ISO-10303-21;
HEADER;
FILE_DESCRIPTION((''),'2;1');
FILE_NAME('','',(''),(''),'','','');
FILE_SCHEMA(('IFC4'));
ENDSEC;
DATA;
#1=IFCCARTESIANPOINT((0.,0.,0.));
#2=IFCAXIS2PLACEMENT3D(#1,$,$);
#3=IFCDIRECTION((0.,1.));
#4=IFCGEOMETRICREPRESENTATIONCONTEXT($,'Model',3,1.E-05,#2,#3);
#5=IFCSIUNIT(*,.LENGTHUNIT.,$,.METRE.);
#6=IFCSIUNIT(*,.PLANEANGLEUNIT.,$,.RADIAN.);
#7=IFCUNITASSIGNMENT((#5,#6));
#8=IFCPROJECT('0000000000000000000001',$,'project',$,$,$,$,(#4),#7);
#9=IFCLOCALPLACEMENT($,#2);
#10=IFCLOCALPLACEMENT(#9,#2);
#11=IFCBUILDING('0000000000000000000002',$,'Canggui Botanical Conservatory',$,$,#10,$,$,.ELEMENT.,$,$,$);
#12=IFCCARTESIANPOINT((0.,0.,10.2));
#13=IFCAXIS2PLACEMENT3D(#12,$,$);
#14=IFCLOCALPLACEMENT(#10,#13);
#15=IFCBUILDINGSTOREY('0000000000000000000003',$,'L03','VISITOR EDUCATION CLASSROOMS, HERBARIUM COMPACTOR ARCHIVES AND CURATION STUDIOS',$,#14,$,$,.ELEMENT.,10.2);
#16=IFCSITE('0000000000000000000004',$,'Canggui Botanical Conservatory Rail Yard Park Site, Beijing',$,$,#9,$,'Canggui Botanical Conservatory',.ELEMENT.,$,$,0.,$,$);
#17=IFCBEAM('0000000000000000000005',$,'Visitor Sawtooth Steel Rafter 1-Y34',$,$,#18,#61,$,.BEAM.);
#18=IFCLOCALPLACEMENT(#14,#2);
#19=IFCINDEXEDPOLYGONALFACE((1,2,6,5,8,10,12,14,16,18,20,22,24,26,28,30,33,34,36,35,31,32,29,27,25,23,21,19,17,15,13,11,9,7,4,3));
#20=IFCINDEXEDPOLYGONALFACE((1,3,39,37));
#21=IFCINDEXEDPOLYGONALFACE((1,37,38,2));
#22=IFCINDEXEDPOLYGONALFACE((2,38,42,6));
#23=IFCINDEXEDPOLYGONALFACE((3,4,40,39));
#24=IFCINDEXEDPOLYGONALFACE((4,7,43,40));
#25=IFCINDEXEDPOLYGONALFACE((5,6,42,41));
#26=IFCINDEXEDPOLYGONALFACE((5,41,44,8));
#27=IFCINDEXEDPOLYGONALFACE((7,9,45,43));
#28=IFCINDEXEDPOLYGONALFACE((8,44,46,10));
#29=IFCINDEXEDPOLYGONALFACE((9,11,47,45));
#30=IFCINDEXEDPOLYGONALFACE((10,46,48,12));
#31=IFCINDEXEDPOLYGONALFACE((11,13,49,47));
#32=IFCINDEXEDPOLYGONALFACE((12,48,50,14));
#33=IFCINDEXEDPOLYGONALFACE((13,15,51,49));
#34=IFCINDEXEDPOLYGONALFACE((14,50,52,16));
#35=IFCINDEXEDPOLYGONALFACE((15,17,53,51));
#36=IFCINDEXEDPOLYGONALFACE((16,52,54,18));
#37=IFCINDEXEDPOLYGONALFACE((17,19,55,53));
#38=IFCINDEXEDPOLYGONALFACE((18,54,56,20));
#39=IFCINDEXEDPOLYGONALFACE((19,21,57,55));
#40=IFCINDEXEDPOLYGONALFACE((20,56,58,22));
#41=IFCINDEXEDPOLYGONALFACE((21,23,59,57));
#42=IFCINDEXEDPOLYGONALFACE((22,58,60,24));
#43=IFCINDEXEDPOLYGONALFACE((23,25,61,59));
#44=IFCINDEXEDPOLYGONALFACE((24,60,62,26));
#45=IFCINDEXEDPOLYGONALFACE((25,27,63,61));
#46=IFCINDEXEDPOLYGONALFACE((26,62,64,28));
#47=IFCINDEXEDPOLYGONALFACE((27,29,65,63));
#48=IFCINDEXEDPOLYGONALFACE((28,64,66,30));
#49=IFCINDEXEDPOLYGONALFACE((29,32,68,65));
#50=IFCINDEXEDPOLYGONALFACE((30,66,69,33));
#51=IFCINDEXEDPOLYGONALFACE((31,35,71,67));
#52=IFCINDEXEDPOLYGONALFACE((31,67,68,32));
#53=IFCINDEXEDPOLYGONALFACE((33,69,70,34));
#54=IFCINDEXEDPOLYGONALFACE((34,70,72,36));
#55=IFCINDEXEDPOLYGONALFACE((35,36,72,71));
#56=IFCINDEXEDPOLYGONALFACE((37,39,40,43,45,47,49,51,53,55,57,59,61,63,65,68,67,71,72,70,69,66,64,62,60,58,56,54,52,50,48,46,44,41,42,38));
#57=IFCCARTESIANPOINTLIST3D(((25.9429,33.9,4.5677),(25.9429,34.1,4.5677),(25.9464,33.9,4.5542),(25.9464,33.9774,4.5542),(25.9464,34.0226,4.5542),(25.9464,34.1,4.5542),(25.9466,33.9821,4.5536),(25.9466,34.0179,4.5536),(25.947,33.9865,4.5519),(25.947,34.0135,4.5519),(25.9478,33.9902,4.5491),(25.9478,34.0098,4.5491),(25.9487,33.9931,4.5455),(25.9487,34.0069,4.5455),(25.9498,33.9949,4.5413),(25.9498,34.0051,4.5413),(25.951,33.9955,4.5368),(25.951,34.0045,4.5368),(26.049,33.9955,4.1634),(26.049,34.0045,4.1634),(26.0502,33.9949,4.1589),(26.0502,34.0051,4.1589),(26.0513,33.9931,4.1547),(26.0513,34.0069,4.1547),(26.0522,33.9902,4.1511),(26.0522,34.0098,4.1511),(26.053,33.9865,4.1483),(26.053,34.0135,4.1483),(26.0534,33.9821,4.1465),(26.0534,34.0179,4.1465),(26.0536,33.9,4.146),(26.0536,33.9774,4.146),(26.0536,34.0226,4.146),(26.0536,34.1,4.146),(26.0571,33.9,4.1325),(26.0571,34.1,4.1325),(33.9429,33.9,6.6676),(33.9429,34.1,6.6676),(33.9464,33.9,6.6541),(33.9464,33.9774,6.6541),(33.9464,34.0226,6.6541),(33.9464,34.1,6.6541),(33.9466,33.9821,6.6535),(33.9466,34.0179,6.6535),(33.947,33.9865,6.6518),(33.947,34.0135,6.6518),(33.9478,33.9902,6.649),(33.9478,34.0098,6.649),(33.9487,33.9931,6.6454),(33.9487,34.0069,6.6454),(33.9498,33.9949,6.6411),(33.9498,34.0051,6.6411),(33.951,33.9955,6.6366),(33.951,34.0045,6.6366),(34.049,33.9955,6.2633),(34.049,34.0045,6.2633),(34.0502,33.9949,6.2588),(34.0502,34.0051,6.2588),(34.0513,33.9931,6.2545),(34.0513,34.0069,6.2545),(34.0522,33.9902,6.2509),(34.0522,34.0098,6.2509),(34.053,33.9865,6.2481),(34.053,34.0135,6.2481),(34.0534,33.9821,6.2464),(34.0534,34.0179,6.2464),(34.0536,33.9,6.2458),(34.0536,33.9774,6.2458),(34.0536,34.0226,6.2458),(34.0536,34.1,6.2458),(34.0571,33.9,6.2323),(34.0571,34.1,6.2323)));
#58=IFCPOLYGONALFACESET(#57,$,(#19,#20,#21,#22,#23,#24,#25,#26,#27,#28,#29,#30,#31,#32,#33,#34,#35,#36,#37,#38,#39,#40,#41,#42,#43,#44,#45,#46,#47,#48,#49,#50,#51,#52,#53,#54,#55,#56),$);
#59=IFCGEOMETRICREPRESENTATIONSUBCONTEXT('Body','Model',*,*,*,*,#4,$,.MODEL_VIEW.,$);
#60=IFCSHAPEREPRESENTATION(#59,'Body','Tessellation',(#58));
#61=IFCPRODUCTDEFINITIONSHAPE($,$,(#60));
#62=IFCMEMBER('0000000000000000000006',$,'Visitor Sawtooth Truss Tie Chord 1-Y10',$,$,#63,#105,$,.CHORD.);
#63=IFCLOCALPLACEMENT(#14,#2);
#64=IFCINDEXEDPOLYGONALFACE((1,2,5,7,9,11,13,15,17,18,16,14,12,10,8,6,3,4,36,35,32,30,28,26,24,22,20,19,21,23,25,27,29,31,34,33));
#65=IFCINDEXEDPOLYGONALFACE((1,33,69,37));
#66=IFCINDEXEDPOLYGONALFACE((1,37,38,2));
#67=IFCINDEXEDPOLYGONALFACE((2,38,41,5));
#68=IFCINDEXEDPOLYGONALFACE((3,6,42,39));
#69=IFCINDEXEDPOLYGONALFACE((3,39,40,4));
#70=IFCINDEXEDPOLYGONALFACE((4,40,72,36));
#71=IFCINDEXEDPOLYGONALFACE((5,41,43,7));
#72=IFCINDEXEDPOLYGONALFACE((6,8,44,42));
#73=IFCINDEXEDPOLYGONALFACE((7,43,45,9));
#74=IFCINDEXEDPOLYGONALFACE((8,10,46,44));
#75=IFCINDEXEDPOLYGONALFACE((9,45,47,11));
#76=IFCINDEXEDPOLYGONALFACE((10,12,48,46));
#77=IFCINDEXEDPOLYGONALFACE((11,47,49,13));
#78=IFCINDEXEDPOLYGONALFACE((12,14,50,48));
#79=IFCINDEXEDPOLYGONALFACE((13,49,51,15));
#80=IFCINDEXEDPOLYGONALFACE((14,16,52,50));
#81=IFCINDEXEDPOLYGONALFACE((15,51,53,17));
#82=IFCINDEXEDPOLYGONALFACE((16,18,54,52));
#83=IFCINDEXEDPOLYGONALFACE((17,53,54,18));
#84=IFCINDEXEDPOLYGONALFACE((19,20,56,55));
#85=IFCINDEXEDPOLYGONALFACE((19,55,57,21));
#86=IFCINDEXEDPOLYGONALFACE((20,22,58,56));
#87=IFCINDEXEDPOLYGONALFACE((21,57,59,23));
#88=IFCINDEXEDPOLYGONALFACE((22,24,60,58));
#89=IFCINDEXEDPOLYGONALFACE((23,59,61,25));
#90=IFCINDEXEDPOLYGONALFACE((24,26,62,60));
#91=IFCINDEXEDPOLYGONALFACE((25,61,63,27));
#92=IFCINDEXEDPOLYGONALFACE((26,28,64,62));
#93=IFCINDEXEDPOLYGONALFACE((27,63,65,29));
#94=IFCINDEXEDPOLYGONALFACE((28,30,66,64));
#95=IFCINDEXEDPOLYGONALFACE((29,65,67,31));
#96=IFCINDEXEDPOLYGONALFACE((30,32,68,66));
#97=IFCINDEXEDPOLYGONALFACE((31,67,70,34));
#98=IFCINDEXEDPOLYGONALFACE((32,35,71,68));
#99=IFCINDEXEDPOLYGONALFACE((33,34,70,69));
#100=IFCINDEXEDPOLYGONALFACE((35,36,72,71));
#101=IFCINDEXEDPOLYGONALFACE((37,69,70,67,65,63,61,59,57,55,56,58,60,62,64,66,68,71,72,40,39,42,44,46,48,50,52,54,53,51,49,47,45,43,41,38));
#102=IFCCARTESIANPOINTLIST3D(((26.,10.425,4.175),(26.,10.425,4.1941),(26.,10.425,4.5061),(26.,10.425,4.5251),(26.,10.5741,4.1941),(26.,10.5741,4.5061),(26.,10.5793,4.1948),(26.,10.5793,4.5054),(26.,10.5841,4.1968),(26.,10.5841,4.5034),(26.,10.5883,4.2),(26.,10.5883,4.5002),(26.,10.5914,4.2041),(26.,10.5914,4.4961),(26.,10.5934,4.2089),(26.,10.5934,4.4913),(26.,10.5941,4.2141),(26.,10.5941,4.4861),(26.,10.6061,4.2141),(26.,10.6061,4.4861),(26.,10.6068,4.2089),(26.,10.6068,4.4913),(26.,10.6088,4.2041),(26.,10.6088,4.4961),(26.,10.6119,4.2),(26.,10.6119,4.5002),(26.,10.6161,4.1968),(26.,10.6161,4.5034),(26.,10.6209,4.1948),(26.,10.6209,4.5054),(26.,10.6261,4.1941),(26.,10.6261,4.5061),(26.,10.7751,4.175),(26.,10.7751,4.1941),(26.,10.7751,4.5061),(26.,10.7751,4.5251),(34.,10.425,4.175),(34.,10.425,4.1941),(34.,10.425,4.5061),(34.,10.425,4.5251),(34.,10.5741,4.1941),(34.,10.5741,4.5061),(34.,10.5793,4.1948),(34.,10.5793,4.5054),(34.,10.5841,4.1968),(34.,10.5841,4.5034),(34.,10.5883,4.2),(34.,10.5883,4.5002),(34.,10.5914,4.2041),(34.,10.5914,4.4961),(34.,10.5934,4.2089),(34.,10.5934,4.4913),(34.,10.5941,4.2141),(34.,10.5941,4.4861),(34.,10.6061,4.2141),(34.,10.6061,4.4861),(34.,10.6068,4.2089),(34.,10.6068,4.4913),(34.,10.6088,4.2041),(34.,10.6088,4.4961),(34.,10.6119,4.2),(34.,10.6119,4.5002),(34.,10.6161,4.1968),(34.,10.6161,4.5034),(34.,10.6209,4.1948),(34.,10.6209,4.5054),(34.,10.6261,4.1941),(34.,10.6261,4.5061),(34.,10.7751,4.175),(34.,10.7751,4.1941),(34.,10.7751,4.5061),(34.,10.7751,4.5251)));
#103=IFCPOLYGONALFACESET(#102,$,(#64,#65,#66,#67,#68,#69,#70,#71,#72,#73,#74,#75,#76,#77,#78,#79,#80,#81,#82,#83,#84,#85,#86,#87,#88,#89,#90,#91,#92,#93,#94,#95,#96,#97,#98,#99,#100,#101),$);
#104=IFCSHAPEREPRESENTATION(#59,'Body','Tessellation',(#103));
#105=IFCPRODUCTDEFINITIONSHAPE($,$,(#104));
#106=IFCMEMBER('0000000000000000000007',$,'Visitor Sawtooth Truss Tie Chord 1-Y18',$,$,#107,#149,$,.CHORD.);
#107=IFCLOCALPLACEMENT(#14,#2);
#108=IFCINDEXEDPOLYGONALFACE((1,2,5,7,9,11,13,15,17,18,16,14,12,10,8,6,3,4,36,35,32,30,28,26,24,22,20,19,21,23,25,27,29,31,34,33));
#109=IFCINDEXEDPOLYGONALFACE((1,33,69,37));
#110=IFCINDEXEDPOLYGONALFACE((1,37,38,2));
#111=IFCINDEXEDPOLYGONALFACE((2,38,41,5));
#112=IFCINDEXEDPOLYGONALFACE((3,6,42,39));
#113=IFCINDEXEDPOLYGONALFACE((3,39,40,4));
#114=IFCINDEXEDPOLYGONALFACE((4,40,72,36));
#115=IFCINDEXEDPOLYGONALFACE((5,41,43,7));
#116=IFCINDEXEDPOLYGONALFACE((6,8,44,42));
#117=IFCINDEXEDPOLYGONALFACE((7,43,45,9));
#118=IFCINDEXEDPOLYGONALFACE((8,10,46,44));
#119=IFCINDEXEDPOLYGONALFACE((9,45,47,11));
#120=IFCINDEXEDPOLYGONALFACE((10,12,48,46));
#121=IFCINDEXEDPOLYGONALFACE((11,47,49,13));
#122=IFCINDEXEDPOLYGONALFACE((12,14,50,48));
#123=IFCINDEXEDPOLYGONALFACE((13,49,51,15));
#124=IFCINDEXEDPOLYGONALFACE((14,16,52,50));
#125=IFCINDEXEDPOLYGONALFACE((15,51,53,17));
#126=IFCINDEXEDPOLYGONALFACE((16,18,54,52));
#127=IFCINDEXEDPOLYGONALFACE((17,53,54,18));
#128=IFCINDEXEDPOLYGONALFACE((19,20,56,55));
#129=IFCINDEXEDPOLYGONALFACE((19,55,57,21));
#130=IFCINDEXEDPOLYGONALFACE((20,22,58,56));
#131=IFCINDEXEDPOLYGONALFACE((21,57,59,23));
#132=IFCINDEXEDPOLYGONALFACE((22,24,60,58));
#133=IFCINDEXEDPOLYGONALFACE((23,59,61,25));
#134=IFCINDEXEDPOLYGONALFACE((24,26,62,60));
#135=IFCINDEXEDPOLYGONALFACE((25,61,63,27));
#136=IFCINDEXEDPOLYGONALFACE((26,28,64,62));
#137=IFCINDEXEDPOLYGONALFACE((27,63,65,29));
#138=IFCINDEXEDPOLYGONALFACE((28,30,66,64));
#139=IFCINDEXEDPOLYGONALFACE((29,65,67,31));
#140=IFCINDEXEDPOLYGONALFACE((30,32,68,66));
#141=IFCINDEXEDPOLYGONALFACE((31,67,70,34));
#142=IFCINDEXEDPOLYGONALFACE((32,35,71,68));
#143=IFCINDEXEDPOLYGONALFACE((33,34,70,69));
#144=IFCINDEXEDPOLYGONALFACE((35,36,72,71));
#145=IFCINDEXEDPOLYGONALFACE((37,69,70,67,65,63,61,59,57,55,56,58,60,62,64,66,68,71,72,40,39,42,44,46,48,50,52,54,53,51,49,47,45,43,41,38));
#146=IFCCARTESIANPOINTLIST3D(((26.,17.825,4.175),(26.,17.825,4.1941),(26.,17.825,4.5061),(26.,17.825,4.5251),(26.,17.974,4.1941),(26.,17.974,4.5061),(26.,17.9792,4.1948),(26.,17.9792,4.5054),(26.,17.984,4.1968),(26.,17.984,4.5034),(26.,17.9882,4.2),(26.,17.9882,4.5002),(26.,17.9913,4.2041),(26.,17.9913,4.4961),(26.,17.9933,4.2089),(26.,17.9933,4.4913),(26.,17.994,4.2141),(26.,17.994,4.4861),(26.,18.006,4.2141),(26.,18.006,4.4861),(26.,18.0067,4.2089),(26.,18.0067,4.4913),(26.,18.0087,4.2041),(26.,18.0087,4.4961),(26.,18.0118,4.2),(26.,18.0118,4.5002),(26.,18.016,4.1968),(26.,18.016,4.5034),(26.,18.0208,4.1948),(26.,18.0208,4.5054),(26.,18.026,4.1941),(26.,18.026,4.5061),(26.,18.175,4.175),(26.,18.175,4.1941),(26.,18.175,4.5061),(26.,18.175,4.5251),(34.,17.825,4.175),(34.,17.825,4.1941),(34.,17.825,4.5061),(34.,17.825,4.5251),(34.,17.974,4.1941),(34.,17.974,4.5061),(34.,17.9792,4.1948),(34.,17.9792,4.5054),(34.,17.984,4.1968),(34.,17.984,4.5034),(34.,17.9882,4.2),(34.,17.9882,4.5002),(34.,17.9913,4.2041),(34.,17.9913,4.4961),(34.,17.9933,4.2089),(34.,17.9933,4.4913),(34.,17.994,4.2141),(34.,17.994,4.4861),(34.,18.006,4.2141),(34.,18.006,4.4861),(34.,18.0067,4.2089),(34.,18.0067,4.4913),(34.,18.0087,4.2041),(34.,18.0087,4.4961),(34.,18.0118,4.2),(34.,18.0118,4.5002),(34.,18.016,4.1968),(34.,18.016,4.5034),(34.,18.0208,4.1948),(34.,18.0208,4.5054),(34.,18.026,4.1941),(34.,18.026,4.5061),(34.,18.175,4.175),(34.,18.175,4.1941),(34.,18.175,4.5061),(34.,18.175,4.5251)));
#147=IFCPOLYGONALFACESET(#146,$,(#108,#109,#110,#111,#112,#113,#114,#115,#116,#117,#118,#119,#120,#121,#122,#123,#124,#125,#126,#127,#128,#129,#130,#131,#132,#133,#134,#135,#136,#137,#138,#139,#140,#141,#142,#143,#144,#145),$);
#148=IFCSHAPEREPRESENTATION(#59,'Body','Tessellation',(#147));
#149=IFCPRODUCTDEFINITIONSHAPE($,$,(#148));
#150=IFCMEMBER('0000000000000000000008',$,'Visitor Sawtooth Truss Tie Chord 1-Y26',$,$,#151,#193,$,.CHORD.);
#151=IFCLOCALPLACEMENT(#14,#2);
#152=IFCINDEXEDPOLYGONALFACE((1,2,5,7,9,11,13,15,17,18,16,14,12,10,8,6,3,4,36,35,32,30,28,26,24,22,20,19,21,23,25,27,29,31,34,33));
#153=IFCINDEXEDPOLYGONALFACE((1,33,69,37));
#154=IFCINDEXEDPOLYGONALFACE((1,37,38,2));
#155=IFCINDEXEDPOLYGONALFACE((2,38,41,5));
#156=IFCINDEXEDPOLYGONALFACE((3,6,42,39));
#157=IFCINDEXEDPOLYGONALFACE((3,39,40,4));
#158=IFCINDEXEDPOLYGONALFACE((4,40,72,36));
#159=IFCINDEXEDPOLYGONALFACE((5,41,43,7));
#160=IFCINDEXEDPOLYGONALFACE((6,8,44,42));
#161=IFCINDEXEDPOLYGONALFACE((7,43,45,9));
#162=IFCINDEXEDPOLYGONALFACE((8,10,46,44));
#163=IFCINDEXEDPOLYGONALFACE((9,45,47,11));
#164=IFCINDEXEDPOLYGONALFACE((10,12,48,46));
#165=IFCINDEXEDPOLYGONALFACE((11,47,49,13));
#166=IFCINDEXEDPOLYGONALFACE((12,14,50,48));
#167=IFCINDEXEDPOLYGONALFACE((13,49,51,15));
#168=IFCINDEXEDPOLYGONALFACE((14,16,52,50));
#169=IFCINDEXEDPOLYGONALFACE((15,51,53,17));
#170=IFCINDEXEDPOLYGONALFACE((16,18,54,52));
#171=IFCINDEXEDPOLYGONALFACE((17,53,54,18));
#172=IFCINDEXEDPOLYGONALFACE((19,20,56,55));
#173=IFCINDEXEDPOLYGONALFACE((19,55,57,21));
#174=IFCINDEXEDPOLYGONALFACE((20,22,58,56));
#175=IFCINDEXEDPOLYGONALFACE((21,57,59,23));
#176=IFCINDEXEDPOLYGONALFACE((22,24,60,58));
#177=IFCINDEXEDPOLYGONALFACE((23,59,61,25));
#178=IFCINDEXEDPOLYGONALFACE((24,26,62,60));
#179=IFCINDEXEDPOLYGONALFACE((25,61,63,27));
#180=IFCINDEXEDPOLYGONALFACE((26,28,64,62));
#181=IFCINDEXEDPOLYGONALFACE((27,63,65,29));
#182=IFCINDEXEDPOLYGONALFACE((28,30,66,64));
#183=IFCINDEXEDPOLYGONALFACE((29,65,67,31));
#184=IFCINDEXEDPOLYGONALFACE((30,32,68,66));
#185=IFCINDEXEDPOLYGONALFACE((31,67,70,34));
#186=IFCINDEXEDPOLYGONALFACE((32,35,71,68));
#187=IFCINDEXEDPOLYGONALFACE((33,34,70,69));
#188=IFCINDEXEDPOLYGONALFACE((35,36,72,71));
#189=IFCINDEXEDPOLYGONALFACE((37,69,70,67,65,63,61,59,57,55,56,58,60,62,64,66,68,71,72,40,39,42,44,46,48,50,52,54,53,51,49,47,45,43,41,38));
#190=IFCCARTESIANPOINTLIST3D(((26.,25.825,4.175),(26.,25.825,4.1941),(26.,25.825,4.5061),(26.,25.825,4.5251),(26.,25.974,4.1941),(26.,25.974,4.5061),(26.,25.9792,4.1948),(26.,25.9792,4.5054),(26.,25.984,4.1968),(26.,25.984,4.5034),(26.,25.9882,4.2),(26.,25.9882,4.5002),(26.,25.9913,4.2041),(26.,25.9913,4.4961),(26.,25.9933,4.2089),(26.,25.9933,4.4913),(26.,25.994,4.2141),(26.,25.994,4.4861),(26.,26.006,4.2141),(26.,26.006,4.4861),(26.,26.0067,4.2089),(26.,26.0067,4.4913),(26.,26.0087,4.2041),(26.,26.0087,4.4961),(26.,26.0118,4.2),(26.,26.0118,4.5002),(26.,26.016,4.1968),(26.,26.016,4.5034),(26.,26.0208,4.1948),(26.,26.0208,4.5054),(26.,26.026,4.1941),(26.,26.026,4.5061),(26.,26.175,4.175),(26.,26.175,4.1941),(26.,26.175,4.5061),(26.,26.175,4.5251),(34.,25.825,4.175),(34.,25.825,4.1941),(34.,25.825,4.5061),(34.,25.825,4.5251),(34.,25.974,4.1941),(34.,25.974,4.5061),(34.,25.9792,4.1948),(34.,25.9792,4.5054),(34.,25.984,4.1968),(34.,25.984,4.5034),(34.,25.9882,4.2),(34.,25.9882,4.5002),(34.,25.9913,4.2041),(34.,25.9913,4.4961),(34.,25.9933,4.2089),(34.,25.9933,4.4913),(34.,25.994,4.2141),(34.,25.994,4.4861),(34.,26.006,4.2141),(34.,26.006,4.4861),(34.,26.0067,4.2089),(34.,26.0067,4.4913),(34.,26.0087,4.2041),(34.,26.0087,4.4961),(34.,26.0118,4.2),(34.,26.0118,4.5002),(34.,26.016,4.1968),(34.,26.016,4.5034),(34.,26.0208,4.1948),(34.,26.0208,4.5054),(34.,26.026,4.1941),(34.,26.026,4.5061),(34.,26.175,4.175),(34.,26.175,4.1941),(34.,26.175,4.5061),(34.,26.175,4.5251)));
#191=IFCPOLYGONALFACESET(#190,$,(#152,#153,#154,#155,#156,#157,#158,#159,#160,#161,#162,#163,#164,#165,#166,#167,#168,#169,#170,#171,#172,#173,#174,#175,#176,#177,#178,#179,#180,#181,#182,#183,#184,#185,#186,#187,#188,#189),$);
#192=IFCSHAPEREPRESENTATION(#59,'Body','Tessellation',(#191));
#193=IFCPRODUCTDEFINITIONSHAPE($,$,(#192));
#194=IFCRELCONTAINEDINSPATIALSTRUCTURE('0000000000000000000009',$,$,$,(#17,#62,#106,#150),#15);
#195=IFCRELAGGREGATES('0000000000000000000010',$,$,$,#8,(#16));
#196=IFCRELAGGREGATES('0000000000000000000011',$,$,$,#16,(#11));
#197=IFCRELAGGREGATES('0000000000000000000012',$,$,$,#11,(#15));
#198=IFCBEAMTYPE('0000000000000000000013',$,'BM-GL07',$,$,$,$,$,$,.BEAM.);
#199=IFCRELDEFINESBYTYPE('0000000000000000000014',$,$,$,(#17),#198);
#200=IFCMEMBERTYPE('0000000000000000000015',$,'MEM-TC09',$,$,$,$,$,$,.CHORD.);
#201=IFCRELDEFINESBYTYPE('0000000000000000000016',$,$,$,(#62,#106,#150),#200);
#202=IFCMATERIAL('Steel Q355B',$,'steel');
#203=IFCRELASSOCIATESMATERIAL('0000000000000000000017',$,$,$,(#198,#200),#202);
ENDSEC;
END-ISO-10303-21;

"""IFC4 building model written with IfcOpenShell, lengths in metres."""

from ifc_helpers import new_model, si_unit, direction, frame, origin, origin_2d, place, context, subcontext, project, spatial, i_section, extrude, material, material_profile, profile_set, type_object, element, save


model = new_model("IFC4")

# Units and contexts
model_context = context("Model", 3, precision=1e-05, world=origin(), true_north=direction((0.0, 1.0)))
body_context = subcontext(model_context, "Body", "Model", "MODEL_VIEW")
ifc_project = project(units=[si_unit("LENGTHUNIT", "METRE"), si_unit("PLANEANGLEUNIT", "RADIAN")], contexts=[model_context])

# Site, building, storey
site_placement = place(None, origin())
site = spatial("IfcSite", under=ifc_project, at=site_placement, Name="Canggui Botanical Conservatory Rail Yard Park Site, Beijing", LongName="Canggui Botanical Conservatory", CompositionType="ELEMENT", RefElevation=0.0)
building_placement = place(site_placement, origin())
building = spatial("IfcBuilding", under=site, at=building_placement, Name="Canggui Botanical Conservatory", CompositionType="ELEMENT")
storey_placement = place(building_placement, frame((0.0, 0.0, 10.2)))
storey = spatial("IfcBuildingStorey", under=building, at=storey_placement, Name="L03", Description="VISITOR EDUCATION CLASSROOMS, HERBARIUM COMPACTOR ARCHIVES AND CURATION STUDIOS", CompositionType="ELEMENT", Elevation=10.2)

# Beam
ifc_material_1 = material(Name="Steel Q355B", Category="steel")
ifc_material_profile_1 = material_profile(ifc_material_1, i_section(OverallWidth=0.2, OverallDepth=0.45, WebThickness=0.009, FlangeThickness=0.0139, FilletRadius=0.0181, at=origin_2d()), Name="HN 450x200x9x14")
ifc_profile_set_1 = profile_set([ifc_material_profile_1], Name="Steel Q355B")
beam_type = type_object("IfcBeamType", Name="BM-GL07", PredefinedType="BEAM", material=ifc_profile_set_1)
for number, where, z_axis, x_axis, name in (
    (1, (26.0, 34.0, 4.3501), (0.967235, 0.0, 0.253882), (0.0, 1.0, 0.0), "Visitor Sawtooth Steel Rafter 1-Y34"),
):
    element("IfcBeam", number, at=place(storey_placement, frame(where, z_axis=z_axis, x_axis=x_axis)), inside=storey, type_object=beam_type, Name=name, PredefinedType="BEAM", context=body_context, shape_type="SweptSolid", body=[
        extrude(i_section(OverallWidth=0.2, OverallDepth=0.45, WebThickness=0.009, FlangeThickness=0.0139, FilletRadius=0.0181, at=origin_2d()), origin(), (0.0, 0.0, 1.0), 8.271),
    ])

# Members
ifc_material_profile_2 = material_profile(ifc_material_1, i_section(OverallWidth=0.3501, OverallDepth=0.3501, WebThickness=0.012, FlangeThickness=0.019, FilletRadius=0.02, at=origin_2d()), Name="HW 350x350x12x19")
ifc_profile_set_2 = profile_set([ifc_material_profile_2], Name="Steel Q355B")
member_type = type_object("IfcMemberType", Name="MEM-TC09", PredefinedType="CHORD", material=ifc_profile_set_2)
for number, where, z_axis, x_axis, name in (
    (2, (26.0, 10.6001, 4.3501), (1.0, 0.0, 0.0), (0.0, 1.0, 0.0), "Visitor Sawtooth Truss Tie Chord 1-Y10"),
    (3, (26.0, 18.0, 4.3501), (1.0, 0.0, 0.0), (0.0, 1.0, 0.0), "Visitor Sawtooth Truss Tie Chord 1-Y18"),
    (4, (26.0, 26.0, 4.3501), (1.0, 0.0, 0.0), (0.0, 1.0, 0.0), "Visitor Sawtooth Truss Tie Chord 1-Y26"),
):
    element("IfcMember", number, at=place(storey_placement, frame(where, z_axis=z_axis, x_axis=x_axis)), inside=storey, type_object=member_type, Name=name, PredefinedType="CHORD", context=body_context, shape_type="SweptSolid", body=[
        extrude(i_section(OverallWidth=0.3501, OverallDepth=0.3501, WebThickness=0.012, FlangeThickness=0.019, FilletRadius=0.02, at=origin_2d()), origin(), (0.0, 0.0, 1.0), 8.0),
    ])

save(model, "model.ifc")
